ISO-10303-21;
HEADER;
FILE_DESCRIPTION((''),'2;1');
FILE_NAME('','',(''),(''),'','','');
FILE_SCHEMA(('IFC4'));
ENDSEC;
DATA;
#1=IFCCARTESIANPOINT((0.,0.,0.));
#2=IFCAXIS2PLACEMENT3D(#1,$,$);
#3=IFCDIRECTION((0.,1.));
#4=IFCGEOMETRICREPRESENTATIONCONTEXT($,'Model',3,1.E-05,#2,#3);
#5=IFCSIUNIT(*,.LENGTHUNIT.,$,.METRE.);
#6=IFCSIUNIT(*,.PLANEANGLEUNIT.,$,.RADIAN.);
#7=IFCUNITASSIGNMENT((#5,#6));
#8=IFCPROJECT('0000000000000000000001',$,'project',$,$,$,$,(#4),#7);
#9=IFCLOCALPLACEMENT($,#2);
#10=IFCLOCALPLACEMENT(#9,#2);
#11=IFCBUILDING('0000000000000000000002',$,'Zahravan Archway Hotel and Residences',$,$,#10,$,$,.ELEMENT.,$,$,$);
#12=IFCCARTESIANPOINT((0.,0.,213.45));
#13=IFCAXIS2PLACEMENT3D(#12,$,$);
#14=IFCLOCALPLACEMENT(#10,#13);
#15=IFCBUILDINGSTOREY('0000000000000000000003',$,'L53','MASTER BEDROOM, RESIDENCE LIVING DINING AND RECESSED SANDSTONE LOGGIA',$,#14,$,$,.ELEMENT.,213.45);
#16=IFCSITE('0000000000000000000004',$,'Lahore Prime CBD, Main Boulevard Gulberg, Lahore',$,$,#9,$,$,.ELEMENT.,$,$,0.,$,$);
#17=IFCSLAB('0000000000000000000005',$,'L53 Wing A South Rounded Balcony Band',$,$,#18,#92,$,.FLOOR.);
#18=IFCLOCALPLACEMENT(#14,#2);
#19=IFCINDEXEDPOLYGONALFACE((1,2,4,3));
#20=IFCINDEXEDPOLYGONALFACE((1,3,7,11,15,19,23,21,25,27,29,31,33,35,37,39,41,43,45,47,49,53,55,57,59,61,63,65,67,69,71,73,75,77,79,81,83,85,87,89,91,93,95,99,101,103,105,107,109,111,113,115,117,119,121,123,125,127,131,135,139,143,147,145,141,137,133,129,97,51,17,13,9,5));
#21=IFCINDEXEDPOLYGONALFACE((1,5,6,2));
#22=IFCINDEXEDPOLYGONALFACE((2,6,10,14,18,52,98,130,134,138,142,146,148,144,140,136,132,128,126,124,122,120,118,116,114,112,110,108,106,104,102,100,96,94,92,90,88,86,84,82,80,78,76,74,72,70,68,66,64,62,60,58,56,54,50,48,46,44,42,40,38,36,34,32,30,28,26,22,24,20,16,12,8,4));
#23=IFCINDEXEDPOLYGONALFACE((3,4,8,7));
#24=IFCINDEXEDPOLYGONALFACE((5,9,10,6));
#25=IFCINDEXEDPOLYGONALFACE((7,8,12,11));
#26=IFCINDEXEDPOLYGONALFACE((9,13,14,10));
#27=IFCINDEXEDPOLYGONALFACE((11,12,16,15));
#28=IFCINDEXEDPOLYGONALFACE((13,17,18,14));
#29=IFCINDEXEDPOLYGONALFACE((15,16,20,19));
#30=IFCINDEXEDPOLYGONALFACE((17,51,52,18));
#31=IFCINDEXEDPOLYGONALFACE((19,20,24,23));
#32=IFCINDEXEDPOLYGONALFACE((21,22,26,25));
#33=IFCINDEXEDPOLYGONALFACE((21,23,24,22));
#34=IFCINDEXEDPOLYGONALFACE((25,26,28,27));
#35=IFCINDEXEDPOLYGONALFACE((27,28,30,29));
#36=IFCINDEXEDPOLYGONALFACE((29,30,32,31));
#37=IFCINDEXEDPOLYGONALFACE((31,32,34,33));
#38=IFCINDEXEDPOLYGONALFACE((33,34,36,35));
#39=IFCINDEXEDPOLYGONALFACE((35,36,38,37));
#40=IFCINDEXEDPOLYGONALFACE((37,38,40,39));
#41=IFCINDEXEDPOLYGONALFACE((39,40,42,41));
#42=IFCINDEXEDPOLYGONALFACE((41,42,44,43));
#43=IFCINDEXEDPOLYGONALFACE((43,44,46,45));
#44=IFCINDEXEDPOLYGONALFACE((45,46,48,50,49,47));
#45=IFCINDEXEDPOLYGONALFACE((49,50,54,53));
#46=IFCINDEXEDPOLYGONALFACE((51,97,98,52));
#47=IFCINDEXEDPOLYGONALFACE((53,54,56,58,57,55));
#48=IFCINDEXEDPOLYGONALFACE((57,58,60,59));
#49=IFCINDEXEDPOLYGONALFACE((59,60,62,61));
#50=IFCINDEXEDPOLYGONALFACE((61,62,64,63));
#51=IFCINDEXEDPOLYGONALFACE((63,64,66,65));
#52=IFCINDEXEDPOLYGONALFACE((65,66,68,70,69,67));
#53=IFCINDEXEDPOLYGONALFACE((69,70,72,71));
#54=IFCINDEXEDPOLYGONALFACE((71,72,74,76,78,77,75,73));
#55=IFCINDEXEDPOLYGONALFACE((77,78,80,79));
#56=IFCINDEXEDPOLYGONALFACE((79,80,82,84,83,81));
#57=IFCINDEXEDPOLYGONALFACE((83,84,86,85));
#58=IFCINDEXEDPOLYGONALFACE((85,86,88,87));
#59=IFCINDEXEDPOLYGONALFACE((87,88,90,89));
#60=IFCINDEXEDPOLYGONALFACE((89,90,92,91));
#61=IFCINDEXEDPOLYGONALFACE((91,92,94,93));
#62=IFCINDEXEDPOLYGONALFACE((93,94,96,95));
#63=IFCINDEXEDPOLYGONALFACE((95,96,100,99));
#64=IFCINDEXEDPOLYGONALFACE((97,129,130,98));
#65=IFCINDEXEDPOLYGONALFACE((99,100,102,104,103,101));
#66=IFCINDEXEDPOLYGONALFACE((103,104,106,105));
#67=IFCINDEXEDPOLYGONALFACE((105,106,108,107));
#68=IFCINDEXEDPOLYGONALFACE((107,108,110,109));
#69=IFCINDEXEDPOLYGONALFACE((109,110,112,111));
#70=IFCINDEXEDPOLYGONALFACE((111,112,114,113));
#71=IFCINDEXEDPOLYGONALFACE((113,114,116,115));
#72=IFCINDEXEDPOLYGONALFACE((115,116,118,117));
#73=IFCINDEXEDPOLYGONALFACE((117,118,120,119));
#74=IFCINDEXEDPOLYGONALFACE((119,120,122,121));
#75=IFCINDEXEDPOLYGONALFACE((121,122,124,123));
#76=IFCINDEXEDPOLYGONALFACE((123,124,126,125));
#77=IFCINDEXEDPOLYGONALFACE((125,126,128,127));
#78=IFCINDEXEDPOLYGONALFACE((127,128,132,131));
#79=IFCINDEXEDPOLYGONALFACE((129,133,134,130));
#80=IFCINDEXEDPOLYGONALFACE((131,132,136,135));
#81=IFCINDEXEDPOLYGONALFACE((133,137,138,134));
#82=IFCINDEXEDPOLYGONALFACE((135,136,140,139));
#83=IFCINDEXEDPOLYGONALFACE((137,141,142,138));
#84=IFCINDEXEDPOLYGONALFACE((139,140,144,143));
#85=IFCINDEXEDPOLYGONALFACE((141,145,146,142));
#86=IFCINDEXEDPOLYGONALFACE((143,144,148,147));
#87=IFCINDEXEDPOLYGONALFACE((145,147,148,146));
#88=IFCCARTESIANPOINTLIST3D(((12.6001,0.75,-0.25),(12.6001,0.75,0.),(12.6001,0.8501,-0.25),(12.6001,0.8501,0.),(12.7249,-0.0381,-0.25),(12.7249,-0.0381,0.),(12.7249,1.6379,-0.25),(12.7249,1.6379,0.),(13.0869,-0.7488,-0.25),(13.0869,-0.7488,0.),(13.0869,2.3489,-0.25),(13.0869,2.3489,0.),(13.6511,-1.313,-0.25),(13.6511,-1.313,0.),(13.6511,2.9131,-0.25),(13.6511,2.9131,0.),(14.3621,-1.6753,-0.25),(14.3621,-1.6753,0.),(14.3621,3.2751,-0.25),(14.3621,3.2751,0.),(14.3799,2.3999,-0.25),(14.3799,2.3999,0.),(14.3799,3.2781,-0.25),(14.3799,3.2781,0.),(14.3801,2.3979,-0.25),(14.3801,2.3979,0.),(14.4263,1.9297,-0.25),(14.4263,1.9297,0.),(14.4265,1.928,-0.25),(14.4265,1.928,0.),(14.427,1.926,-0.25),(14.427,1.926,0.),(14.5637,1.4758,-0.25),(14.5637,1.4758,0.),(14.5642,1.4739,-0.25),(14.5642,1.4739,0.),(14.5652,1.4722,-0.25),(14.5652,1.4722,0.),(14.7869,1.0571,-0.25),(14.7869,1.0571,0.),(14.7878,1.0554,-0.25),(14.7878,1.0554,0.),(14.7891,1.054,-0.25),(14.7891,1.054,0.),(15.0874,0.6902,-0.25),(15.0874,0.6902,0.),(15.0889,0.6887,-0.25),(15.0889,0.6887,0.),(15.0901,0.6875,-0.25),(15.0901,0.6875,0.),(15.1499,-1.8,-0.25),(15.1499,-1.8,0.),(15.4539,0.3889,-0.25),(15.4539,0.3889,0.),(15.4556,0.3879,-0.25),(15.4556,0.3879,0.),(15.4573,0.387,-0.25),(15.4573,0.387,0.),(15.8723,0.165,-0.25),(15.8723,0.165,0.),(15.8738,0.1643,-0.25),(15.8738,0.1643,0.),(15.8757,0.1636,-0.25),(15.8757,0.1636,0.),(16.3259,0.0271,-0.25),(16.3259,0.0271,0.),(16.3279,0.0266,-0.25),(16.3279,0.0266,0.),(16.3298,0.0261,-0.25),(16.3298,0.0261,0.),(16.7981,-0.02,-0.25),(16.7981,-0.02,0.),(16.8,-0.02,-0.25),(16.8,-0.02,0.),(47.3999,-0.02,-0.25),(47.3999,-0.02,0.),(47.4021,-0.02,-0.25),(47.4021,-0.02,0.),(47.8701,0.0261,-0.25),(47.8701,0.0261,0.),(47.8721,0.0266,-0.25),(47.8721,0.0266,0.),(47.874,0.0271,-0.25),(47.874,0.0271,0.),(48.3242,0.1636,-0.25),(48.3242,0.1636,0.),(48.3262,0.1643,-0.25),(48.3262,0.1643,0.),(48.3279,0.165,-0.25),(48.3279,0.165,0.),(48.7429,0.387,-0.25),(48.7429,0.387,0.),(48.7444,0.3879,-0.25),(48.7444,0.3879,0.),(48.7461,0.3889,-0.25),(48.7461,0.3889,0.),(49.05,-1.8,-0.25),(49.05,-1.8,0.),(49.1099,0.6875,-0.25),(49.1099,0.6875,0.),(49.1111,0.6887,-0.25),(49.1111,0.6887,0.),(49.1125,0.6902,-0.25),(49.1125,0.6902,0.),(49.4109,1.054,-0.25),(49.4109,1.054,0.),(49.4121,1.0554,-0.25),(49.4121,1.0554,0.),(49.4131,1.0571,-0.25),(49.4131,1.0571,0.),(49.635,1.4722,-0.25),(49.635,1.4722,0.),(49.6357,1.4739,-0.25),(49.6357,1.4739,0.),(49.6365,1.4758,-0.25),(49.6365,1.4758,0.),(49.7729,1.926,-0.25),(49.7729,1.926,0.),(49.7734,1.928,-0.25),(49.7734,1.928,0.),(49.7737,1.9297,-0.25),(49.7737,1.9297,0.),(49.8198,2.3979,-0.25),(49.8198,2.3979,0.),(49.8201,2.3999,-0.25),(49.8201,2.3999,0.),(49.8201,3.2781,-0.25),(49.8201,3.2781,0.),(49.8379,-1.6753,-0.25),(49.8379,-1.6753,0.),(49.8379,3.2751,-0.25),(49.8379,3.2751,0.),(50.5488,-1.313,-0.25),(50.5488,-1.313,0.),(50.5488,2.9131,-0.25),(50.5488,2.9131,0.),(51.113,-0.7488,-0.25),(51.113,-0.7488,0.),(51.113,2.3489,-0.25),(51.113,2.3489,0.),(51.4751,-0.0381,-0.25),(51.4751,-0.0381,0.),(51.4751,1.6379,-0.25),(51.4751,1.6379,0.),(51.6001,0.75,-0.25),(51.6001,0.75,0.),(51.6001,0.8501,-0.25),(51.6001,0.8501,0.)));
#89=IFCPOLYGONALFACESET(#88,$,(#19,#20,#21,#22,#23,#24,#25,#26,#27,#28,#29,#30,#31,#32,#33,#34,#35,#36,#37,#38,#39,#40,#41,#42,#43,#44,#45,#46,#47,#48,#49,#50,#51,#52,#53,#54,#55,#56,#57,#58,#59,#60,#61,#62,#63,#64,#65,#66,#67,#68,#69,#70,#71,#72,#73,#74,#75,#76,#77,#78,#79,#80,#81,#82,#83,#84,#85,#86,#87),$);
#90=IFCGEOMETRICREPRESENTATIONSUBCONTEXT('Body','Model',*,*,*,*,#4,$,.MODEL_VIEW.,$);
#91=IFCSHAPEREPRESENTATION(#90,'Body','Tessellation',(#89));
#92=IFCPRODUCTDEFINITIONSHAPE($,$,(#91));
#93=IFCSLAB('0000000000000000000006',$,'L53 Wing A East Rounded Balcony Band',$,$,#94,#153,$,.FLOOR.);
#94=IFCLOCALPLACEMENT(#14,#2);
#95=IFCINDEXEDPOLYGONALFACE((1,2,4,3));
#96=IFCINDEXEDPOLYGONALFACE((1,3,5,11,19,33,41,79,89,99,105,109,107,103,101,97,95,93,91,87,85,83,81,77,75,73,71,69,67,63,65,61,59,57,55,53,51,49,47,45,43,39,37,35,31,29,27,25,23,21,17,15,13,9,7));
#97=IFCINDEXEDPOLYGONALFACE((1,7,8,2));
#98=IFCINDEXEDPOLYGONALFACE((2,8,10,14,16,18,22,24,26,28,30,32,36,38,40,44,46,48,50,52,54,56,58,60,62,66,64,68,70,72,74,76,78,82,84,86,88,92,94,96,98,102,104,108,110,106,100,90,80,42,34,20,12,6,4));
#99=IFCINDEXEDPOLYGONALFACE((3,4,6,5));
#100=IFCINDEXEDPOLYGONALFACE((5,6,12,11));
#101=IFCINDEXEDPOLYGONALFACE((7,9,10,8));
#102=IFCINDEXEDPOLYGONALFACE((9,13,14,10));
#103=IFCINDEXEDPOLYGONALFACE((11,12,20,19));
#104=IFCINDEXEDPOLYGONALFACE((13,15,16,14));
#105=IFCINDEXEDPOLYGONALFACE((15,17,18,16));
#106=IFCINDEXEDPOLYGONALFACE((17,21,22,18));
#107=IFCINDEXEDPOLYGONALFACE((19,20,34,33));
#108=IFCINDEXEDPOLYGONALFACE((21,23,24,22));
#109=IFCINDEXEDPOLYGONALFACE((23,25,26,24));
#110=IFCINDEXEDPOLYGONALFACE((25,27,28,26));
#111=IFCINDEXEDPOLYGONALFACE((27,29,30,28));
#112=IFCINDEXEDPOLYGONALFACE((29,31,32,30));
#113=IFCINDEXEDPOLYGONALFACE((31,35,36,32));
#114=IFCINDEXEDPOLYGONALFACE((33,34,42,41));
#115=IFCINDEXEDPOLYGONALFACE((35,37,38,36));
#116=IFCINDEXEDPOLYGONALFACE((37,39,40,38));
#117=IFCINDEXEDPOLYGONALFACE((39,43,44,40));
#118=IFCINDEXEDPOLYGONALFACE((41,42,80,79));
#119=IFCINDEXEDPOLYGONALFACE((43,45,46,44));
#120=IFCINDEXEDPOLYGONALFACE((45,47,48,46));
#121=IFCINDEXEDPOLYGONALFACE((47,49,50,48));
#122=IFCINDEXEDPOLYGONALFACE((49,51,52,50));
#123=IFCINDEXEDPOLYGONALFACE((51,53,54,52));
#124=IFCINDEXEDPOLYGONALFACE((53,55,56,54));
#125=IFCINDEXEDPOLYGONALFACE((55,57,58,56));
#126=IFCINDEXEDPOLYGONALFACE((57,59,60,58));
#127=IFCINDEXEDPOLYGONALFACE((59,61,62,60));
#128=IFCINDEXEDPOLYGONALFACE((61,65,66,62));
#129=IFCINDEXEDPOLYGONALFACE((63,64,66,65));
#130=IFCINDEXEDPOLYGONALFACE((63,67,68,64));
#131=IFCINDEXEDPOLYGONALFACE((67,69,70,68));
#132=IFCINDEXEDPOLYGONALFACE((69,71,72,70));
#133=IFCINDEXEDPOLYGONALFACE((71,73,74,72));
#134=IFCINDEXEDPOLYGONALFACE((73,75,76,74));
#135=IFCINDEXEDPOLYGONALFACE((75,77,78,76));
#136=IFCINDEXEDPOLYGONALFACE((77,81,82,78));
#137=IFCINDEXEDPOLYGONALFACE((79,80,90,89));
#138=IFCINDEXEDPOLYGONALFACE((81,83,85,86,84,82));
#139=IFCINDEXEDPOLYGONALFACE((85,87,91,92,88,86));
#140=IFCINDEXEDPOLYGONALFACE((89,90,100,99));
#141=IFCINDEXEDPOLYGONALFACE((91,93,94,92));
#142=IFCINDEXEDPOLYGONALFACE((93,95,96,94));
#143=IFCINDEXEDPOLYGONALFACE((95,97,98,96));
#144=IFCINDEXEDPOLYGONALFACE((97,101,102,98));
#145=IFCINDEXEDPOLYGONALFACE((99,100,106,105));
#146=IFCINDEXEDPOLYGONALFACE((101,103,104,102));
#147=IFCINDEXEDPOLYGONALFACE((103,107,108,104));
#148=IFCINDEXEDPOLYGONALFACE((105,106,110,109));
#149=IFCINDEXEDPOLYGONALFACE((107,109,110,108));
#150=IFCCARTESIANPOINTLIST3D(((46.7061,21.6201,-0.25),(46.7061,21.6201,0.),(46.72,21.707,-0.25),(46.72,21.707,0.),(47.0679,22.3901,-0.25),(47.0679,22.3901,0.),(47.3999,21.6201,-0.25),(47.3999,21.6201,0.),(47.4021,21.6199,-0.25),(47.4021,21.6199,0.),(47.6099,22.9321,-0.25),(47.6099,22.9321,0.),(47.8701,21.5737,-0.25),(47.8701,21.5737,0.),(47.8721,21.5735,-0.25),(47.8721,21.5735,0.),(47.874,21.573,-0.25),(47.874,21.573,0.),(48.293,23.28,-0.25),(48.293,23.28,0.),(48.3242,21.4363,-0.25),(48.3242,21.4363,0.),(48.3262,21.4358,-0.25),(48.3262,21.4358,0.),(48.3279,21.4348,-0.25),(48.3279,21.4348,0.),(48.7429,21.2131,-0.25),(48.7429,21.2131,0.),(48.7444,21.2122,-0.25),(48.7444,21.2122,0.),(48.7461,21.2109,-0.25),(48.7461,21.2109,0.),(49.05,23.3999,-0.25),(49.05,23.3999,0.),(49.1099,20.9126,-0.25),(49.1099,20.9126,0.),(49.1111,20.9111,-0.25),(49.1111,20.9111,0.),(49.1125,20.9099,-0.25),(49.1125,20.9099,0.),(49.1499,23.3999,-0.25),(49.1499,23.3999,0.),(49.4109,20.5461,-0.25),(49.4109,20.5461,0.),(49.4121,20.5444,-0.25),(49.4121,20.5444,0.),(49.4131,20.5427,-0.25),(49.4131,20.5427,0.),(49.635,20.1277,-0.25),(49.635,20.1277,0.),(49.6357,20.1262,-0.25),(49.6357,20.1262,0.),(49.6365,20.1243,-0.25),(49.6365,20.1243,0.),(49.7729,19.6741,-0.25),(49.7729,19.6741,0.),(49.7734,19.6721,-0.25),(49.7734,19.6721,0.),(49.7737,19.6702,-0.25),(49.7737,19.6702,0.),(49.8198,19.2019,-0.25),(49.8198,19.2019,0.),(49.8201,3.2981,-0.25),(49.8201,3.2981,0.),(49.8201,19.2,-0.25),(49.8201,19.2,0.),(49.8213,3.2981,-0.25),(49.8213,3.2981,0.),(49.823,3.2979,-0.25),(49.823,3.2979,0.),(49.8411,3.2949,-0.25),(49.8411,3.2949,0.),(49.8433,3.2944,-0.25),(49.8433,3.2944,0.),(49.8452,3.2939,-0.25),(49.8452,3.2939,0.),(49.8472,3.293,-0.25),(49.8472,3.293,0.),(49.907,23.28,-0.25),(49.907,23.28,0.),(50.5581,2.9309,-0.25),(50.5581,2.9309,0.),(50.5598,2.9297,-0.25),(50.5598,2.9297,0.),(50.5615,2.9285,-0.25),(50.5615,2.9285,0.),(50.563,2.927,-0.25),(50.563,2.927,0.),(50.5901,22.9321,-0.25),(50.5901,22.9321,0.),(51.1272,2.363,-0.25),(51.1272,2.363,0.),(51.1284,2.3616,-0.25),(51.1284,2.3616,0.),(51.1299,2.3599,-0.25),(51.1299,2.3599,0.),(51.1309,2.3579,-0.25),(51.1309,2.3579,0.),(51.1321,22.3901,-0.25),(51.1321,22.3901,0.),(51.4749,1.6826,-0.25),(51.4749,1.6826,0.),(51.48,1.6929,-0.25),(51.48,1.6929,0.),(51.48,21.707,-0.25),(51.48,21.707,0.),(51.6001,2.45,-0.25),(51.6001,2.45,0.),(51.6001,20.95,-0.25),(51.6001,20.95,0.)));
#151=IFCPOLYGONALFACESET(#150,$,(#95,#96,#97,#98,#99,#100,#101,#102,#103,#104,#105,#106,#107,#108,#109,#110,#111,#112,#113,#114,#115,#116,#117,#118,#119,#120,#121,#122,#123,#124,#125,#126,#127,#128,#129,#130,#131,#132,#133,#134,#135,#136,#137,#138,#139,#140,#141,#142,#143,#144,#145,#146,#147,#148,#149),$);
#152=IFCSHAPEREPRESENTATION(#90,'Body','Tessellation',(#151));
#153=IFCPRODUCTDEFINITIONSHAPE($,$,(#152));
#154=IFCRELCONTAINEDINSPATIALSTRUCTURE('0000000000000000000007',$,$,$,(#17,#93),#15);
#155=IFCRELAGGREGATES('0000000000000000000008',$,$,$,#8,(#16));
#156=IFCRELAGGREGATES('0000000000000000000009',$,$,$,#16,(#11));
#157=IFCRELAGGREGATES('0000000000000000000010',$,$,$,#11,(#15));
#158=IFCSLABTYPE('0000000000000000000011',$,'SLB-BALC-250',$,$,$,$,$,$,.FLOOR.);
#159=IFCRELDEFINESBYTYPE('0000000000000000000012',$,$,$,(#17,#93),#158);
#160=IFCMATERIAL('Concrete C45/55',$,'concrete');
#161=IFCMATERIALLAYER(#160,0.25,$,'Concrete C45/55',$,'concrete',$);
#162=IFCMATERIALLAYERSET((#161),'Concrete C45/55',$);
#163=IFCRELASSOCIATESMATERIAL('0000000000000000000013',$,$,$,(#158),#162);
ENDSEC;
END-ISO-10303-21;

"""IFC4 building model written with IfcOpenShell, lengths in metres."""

from ifc_helpers import new_model, si_unit, direction, frame, origin, place, context, subcontext, project, spatial, polyline, outline, extrude, material, layer, layer_set, type_object, element, save


model = new_model("IFC4")

# Units and contexts
model_context = context("Model", 3, precision=1e-05, world=origin(), true_north=direction((0.0, 1.0)))
body_context = subcontext(model_context, "Body", "Model", "MODEL_VIEW")
ifc_project = project(units=[si_unit("LENGTHUNIT", "METRE"), si_unit("PLANEANGLEUNIT", "RADIAN")], contexts=[model_context])

# Site, building, storey
site_placement = place(None, origin())
site = spatial("IfcSite", under=ifc_project, at=site_placement, Name="Lahore Prime CBD, Main Boulevard Gulberg, Lahore", CompositionType="ELEMENT", RefElevation=0.0)
building_placement = place(site_placement, origin())
building = spatial("IfcBuilding", under=site, at=building_placement, Name="Zahravan Archway Hotel and Residences", CompositionType="ELEMENT")
storey_placement = place(building_placement, frame((0.0, 0.0, 213.45)))
storey = spatial("IfcBuildingStorey", under=building, at=storey_placement, Name="L53", Description="MASTER BEDROOM, RESIDENCE LIVING DINING AND RECESSED SANDSTONE LOGGIA", CompositionType="ELEMENT", Elevation=213.45)

# Slabs
ifc_material_1 = material(Name="Concrete C45/55", Category="concrete")
ifc_layer_1 = layer(ifc_material_1, 0.25, Name="Concrete C45/55", Category="concrete")
ifc_layer_set_1 = layer_set([ifc_layer_1], Name="Concrete C45/55")
slab_type_1 = type_object("IfcSlabType", Name="SLB-BALC-250", PredefinedType="FLOOR", material=ifc_layer_set_1)
slab_1_placement = place(storey_placement, frame((0.0, 0.0, -0.25)))
element("IfcSlab", 1, at=slab_1_placement, inside=storey, type_object=slab_type_1, Name="L53 Wing A South Rounded Balcony Band", PredefinedType="FLOOR", context=body_context, shape_type="SweptSolid", body=[
    extrude(outline(polyline([(49.8379, 3.2751), (50.5488, 2.9131), (51.113, 2.3489), (51.4751, 1.6379), (51.6001, 0.8501), (51.6001, 0.75), (51.4751, -0.0381), (51.113, -0.7488), (50.5488, -1.313), (49.8379, -1.6753), (49.05, -1.8), (15.1499, -1.8), (14.3621, -1.6753), (13.6511, -1.313), (13.0869, -0.7488), (12.7249, -0.0381), (12.6001, 0.75), (12.6001, 0.8501), (12.7249, 1.6379), (13.0869, 2.3489), (13.6511, 2.9131), (14.3621, 3.2751), (14.3799, 3.2781), (14.3799, 2.3999), (14.3801, 2.3979), (14.4263, 1.9297), (14.4265, 1.928), (14.427, 1.926), (14.5637, 1.4758), (14.5642, 1.4739), (14.5652, 1.4722), (14.7869, 1.0571), (14.7878, 1.0554), (14.7891, 1.054), (15.0874, 0.6902), (15.0889, 0.6887), (15.0901, 0.6875), (15.4539, 0.3889), (15.4556, 0.3879), (15.4573, 0.387), (15.8723, 0.165), (15.8738, 0.1643), (15.8757, 0.1636), (16.3259, 0.0271), (16.3279, 0.0266), (16.3298, 0.0261), (16.7981, -0.02), (16.8, -0.02), (47.3999, -0.02), (47.4021, -0.02), (47.8701, 0.0261), (47.8721, 0.0266), (47.874, 0.0271), (48.3242, 0.1636), (48.3262, 0.1643), (48.3279, 0.165), (48.7429, 0.387), (48.7444, 0.3879), (48.7461, 0.3889), (49.1099, 0.6875), (49.1111, 0.6887), (49.1125, 0.6902), (49.4109, 1.054), (49.4121, 1.0554), (49.4131, 1.0571), (49.635, 1.4722), (49.6357, 1.4739), (49.6365, 1.4758), (49.7729, 1.926), (49.7734, 1.928), (49.7737, 1.9297), (49.8198, 2.3979), (49.8201, 2.3999), (49.8201, 3.2781), (49.8379, 3.2751)])), origin(), (0.0, 0.0, 1.0), 0.25),
])
slab_2_placement = place(storey_placement, frame((0.0, 0.0, -0.25)))
element("IfcSlab", 2, at=slab_2_placement, inside=storey, type_object=slab_type_1, Name="L53 Wing A East Rounded Balcony Band", PredefinedType="FLOOR", context=body_context, shape_type="SweptSolid", body=[
    extrude(outline(polyline([(46.72, 21.707), (47.0679, 22.3901), (47.6099, 22.9321), (48.293, 23.28), (49.05, 23.3999), (49.1499, 23.3999), (49.907, 23.28), (50.5901, 22.9321), (51.1321, 22.3901), (51.48, 21.707), (51.6001, 20.95), (51.6001, 2.45), (51.48, 1.6929), (51.4749, 1.6826), (51.1309, 2.3579), (51.1299, 2.3599), (51.1284, 2.3616), (51.1272, 2.363), (50.563, 2.927), (50.5615, 2.9285), (50.5598, 2.9297), (50.5581, 2.9309), (49.8472, 3.293), (49.8452, 3.2939), (49.8433, 3.2944), (49.8411, 3.2949), (49.823, 3.2979), (49.8213, 3.2981), (49.8201, 3.2981), (49.8201, 19.2), (49.8198, 19.2019), (49.7737, 19.6702), (49.7734, 19.6721), (49.7729, 19.6741), (49.6365, 20.1243), (49.6357, 20.1262), (49.635, 20.1277), (49.4131, 20.5427), (49.4121, 20.5444), (49.4109, 20.5461), (49.1125, 20.9099), (49.1111, 20.9111), (49.1099, 20.9126), (48.7461, 21.2109), (48.7444, 21.2122), (48.7429, 21.2131), (48.3279, 21.4348), (48.3262, 21.4358), (48.3242, 21.4363), (47.874, 21.573), (47.8721, 21.5735), (47.8701, 21.5737), (47.4021, 21.6199), (47.3999, 21.6201), (46.7061, 21.6201), (46.72, 21.707)])), origin(), (0.0, 0.0, 1.0), 0.25),
])

save(model, "model.ifc")
